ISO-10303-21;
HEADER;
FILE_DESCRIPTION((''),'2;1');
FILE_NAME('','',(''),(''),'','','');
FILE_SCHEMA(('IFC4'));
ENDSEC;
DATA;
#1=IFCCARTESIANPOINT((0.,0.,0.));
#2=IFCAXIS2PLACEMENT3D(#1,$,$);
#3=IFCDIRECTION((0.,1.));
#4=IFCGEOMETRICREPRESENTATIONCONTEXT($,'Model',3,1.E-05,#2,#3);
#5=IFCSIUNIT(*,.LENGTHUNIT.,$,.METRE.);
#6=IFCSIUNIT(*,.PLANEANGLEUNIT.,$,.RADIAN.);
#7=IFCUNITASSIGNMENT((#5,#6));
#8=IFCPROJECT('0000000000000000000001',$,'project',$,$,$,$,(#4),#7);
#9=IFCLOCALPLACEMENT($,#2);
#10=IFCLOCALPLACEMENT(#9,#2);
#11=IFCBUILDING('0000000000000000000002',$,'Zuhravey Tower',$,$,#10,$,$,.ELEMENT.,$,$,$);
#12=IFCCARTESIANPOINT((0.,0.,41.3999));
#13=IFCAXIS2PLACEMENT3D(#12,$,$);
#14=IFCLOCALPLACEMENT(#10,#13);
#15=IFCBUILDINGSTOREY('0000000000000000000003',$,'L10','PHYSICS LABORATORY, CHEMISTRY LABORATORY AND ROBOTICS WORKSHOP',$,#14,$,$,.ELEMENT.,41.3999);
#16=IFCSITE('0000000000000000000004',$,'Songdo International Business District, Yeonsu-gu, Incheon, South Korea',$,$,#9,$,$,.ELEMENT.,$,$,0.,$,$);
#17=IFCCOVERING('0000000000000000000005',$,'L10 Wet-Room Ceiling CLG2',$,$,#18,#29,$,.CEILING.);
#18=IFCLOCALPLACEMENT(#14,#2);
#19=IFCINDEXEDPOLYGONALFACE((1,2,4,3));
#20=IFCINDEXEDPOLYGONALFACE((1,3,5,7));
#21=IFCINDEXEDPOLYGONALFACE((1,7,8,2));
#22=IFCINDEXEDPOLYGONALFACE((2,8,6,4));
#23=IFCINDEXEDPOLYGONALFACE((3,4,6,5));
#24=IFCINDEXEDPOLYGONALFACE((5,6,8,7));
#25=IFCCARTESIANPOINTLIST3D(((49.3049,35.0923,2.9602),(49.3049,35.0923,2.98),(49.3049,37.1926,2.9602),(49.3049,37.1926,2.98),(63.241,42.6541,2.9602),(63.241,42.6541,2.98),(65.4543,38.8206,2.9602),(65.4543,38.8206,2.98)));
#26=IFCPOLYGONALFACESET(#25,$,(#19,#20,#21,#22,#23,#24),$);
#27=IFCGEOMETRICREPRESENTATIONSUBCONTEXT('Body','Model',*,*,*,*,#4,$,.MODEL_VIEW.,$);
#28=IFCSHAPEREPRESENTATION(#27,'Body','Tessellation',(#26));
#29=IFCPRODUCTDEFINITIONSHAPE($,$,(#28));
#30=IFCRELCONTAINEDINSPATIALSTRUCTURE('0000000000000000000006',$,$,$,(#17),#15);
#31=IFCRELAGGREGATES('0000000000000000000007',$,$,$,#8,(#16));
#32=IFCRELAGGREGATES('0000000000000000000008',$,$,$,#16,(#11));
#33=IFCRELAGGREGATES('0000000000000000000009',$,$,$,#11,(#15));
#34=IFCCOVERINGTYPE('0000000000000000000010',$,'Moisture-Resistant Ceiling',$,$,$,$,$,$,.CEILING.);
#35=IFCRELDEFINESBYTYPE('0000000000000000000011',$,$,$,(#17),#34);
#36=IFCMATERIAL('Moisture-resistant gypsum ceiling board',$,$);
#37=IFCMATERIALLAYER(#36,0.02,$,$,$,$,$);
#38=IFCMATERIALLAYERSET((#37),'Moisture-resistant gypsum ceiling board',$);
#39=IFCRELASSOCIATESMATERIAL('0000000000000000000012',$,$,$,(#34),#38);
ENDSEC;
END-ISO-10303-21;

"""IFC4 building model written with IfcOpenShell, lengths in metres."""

from ifc_helpers import new_model, si_unit, direction, frame, origin, place, context, subcontext, project, spatial, polyline, outline, extrude, material, layer, layer_set, type_object, element, save


model = new_model("IFC4")

# Units and contexts
model_context = context("Model", 3, precision=1e-05, world=origin(), true_north=direction((0.0, 1.0)))
body_context = subcontext(model_context, "Body", "Model", "MODEL_VIEW")
ifc_project = project(units=[si_unit("LENGTHUNIT", "METRE"), si_unit("PLANEANGLEUNIT", "RADIAN")], contexts=[model_context])

# Site, building, storey
site_placement = place(None, origin())
site = spatial("IfcSite", under=ifc_project, at=site_placement, Name="Songdo International Business District, Yeonsu-gu, Incheon, South Korea", CompositionType="ELEMENT", RefElevation=0.0)
building_placement = place(site_placement, origin())
building = spatial("IfcBuilding", under=site, at=building_placement, Name="Zuhravey Tower", CompositionType="ELEMENT")
storey_placement = place(building_placement, frame((0.0, 0.0, 41.3999)))
storey = spatial("IfcBuildingStorey", under=building, at=storey_placement, Name="L10", Description="PHYSICS LABORATORY, CHEMISTRY LABORATORY AND ROBOTICS WORKSHOP", CompositionType="ELEMENT", Elevation=41.3999)

# Covering
ifc_material_1 = material(Name="Moisture-resistant gypsum ceiling board")
ifc_layer_1 = layer(ifc_material_1, 0.02)
ifc_layer_set_1 = layer_set([ifc_layer_1], Name="Moisture-resistant gypsum ceiling board")
covering_type = type_object("IfcCoveringType", Name="Moisture-Resistant Ceiling", PredefinedType="CEILING", material=ifc_layer_set_1)
covering_placement = place(storey_placement, frame((0.0, 0.0, 2.9602)))
element("IfcCovering", 1, at=covering_placement, inside=storey, type_object=covering_type, Name="L10 Wet-Room Ceiling CLG2", PredefinedType="CEILING", context=body_context, shape_type="SweptSolid", body=[
    extrude(outline(polyline([(49.3049, 37.1926), (63.241, 42.6541), (65.4543, 38.8206), (49.3049, 35.0923), (49.3049, 37.1926)])), origin(), (0.0, 0.0, 1.0), 0.0198),
])

save(model, "model.ifc")
